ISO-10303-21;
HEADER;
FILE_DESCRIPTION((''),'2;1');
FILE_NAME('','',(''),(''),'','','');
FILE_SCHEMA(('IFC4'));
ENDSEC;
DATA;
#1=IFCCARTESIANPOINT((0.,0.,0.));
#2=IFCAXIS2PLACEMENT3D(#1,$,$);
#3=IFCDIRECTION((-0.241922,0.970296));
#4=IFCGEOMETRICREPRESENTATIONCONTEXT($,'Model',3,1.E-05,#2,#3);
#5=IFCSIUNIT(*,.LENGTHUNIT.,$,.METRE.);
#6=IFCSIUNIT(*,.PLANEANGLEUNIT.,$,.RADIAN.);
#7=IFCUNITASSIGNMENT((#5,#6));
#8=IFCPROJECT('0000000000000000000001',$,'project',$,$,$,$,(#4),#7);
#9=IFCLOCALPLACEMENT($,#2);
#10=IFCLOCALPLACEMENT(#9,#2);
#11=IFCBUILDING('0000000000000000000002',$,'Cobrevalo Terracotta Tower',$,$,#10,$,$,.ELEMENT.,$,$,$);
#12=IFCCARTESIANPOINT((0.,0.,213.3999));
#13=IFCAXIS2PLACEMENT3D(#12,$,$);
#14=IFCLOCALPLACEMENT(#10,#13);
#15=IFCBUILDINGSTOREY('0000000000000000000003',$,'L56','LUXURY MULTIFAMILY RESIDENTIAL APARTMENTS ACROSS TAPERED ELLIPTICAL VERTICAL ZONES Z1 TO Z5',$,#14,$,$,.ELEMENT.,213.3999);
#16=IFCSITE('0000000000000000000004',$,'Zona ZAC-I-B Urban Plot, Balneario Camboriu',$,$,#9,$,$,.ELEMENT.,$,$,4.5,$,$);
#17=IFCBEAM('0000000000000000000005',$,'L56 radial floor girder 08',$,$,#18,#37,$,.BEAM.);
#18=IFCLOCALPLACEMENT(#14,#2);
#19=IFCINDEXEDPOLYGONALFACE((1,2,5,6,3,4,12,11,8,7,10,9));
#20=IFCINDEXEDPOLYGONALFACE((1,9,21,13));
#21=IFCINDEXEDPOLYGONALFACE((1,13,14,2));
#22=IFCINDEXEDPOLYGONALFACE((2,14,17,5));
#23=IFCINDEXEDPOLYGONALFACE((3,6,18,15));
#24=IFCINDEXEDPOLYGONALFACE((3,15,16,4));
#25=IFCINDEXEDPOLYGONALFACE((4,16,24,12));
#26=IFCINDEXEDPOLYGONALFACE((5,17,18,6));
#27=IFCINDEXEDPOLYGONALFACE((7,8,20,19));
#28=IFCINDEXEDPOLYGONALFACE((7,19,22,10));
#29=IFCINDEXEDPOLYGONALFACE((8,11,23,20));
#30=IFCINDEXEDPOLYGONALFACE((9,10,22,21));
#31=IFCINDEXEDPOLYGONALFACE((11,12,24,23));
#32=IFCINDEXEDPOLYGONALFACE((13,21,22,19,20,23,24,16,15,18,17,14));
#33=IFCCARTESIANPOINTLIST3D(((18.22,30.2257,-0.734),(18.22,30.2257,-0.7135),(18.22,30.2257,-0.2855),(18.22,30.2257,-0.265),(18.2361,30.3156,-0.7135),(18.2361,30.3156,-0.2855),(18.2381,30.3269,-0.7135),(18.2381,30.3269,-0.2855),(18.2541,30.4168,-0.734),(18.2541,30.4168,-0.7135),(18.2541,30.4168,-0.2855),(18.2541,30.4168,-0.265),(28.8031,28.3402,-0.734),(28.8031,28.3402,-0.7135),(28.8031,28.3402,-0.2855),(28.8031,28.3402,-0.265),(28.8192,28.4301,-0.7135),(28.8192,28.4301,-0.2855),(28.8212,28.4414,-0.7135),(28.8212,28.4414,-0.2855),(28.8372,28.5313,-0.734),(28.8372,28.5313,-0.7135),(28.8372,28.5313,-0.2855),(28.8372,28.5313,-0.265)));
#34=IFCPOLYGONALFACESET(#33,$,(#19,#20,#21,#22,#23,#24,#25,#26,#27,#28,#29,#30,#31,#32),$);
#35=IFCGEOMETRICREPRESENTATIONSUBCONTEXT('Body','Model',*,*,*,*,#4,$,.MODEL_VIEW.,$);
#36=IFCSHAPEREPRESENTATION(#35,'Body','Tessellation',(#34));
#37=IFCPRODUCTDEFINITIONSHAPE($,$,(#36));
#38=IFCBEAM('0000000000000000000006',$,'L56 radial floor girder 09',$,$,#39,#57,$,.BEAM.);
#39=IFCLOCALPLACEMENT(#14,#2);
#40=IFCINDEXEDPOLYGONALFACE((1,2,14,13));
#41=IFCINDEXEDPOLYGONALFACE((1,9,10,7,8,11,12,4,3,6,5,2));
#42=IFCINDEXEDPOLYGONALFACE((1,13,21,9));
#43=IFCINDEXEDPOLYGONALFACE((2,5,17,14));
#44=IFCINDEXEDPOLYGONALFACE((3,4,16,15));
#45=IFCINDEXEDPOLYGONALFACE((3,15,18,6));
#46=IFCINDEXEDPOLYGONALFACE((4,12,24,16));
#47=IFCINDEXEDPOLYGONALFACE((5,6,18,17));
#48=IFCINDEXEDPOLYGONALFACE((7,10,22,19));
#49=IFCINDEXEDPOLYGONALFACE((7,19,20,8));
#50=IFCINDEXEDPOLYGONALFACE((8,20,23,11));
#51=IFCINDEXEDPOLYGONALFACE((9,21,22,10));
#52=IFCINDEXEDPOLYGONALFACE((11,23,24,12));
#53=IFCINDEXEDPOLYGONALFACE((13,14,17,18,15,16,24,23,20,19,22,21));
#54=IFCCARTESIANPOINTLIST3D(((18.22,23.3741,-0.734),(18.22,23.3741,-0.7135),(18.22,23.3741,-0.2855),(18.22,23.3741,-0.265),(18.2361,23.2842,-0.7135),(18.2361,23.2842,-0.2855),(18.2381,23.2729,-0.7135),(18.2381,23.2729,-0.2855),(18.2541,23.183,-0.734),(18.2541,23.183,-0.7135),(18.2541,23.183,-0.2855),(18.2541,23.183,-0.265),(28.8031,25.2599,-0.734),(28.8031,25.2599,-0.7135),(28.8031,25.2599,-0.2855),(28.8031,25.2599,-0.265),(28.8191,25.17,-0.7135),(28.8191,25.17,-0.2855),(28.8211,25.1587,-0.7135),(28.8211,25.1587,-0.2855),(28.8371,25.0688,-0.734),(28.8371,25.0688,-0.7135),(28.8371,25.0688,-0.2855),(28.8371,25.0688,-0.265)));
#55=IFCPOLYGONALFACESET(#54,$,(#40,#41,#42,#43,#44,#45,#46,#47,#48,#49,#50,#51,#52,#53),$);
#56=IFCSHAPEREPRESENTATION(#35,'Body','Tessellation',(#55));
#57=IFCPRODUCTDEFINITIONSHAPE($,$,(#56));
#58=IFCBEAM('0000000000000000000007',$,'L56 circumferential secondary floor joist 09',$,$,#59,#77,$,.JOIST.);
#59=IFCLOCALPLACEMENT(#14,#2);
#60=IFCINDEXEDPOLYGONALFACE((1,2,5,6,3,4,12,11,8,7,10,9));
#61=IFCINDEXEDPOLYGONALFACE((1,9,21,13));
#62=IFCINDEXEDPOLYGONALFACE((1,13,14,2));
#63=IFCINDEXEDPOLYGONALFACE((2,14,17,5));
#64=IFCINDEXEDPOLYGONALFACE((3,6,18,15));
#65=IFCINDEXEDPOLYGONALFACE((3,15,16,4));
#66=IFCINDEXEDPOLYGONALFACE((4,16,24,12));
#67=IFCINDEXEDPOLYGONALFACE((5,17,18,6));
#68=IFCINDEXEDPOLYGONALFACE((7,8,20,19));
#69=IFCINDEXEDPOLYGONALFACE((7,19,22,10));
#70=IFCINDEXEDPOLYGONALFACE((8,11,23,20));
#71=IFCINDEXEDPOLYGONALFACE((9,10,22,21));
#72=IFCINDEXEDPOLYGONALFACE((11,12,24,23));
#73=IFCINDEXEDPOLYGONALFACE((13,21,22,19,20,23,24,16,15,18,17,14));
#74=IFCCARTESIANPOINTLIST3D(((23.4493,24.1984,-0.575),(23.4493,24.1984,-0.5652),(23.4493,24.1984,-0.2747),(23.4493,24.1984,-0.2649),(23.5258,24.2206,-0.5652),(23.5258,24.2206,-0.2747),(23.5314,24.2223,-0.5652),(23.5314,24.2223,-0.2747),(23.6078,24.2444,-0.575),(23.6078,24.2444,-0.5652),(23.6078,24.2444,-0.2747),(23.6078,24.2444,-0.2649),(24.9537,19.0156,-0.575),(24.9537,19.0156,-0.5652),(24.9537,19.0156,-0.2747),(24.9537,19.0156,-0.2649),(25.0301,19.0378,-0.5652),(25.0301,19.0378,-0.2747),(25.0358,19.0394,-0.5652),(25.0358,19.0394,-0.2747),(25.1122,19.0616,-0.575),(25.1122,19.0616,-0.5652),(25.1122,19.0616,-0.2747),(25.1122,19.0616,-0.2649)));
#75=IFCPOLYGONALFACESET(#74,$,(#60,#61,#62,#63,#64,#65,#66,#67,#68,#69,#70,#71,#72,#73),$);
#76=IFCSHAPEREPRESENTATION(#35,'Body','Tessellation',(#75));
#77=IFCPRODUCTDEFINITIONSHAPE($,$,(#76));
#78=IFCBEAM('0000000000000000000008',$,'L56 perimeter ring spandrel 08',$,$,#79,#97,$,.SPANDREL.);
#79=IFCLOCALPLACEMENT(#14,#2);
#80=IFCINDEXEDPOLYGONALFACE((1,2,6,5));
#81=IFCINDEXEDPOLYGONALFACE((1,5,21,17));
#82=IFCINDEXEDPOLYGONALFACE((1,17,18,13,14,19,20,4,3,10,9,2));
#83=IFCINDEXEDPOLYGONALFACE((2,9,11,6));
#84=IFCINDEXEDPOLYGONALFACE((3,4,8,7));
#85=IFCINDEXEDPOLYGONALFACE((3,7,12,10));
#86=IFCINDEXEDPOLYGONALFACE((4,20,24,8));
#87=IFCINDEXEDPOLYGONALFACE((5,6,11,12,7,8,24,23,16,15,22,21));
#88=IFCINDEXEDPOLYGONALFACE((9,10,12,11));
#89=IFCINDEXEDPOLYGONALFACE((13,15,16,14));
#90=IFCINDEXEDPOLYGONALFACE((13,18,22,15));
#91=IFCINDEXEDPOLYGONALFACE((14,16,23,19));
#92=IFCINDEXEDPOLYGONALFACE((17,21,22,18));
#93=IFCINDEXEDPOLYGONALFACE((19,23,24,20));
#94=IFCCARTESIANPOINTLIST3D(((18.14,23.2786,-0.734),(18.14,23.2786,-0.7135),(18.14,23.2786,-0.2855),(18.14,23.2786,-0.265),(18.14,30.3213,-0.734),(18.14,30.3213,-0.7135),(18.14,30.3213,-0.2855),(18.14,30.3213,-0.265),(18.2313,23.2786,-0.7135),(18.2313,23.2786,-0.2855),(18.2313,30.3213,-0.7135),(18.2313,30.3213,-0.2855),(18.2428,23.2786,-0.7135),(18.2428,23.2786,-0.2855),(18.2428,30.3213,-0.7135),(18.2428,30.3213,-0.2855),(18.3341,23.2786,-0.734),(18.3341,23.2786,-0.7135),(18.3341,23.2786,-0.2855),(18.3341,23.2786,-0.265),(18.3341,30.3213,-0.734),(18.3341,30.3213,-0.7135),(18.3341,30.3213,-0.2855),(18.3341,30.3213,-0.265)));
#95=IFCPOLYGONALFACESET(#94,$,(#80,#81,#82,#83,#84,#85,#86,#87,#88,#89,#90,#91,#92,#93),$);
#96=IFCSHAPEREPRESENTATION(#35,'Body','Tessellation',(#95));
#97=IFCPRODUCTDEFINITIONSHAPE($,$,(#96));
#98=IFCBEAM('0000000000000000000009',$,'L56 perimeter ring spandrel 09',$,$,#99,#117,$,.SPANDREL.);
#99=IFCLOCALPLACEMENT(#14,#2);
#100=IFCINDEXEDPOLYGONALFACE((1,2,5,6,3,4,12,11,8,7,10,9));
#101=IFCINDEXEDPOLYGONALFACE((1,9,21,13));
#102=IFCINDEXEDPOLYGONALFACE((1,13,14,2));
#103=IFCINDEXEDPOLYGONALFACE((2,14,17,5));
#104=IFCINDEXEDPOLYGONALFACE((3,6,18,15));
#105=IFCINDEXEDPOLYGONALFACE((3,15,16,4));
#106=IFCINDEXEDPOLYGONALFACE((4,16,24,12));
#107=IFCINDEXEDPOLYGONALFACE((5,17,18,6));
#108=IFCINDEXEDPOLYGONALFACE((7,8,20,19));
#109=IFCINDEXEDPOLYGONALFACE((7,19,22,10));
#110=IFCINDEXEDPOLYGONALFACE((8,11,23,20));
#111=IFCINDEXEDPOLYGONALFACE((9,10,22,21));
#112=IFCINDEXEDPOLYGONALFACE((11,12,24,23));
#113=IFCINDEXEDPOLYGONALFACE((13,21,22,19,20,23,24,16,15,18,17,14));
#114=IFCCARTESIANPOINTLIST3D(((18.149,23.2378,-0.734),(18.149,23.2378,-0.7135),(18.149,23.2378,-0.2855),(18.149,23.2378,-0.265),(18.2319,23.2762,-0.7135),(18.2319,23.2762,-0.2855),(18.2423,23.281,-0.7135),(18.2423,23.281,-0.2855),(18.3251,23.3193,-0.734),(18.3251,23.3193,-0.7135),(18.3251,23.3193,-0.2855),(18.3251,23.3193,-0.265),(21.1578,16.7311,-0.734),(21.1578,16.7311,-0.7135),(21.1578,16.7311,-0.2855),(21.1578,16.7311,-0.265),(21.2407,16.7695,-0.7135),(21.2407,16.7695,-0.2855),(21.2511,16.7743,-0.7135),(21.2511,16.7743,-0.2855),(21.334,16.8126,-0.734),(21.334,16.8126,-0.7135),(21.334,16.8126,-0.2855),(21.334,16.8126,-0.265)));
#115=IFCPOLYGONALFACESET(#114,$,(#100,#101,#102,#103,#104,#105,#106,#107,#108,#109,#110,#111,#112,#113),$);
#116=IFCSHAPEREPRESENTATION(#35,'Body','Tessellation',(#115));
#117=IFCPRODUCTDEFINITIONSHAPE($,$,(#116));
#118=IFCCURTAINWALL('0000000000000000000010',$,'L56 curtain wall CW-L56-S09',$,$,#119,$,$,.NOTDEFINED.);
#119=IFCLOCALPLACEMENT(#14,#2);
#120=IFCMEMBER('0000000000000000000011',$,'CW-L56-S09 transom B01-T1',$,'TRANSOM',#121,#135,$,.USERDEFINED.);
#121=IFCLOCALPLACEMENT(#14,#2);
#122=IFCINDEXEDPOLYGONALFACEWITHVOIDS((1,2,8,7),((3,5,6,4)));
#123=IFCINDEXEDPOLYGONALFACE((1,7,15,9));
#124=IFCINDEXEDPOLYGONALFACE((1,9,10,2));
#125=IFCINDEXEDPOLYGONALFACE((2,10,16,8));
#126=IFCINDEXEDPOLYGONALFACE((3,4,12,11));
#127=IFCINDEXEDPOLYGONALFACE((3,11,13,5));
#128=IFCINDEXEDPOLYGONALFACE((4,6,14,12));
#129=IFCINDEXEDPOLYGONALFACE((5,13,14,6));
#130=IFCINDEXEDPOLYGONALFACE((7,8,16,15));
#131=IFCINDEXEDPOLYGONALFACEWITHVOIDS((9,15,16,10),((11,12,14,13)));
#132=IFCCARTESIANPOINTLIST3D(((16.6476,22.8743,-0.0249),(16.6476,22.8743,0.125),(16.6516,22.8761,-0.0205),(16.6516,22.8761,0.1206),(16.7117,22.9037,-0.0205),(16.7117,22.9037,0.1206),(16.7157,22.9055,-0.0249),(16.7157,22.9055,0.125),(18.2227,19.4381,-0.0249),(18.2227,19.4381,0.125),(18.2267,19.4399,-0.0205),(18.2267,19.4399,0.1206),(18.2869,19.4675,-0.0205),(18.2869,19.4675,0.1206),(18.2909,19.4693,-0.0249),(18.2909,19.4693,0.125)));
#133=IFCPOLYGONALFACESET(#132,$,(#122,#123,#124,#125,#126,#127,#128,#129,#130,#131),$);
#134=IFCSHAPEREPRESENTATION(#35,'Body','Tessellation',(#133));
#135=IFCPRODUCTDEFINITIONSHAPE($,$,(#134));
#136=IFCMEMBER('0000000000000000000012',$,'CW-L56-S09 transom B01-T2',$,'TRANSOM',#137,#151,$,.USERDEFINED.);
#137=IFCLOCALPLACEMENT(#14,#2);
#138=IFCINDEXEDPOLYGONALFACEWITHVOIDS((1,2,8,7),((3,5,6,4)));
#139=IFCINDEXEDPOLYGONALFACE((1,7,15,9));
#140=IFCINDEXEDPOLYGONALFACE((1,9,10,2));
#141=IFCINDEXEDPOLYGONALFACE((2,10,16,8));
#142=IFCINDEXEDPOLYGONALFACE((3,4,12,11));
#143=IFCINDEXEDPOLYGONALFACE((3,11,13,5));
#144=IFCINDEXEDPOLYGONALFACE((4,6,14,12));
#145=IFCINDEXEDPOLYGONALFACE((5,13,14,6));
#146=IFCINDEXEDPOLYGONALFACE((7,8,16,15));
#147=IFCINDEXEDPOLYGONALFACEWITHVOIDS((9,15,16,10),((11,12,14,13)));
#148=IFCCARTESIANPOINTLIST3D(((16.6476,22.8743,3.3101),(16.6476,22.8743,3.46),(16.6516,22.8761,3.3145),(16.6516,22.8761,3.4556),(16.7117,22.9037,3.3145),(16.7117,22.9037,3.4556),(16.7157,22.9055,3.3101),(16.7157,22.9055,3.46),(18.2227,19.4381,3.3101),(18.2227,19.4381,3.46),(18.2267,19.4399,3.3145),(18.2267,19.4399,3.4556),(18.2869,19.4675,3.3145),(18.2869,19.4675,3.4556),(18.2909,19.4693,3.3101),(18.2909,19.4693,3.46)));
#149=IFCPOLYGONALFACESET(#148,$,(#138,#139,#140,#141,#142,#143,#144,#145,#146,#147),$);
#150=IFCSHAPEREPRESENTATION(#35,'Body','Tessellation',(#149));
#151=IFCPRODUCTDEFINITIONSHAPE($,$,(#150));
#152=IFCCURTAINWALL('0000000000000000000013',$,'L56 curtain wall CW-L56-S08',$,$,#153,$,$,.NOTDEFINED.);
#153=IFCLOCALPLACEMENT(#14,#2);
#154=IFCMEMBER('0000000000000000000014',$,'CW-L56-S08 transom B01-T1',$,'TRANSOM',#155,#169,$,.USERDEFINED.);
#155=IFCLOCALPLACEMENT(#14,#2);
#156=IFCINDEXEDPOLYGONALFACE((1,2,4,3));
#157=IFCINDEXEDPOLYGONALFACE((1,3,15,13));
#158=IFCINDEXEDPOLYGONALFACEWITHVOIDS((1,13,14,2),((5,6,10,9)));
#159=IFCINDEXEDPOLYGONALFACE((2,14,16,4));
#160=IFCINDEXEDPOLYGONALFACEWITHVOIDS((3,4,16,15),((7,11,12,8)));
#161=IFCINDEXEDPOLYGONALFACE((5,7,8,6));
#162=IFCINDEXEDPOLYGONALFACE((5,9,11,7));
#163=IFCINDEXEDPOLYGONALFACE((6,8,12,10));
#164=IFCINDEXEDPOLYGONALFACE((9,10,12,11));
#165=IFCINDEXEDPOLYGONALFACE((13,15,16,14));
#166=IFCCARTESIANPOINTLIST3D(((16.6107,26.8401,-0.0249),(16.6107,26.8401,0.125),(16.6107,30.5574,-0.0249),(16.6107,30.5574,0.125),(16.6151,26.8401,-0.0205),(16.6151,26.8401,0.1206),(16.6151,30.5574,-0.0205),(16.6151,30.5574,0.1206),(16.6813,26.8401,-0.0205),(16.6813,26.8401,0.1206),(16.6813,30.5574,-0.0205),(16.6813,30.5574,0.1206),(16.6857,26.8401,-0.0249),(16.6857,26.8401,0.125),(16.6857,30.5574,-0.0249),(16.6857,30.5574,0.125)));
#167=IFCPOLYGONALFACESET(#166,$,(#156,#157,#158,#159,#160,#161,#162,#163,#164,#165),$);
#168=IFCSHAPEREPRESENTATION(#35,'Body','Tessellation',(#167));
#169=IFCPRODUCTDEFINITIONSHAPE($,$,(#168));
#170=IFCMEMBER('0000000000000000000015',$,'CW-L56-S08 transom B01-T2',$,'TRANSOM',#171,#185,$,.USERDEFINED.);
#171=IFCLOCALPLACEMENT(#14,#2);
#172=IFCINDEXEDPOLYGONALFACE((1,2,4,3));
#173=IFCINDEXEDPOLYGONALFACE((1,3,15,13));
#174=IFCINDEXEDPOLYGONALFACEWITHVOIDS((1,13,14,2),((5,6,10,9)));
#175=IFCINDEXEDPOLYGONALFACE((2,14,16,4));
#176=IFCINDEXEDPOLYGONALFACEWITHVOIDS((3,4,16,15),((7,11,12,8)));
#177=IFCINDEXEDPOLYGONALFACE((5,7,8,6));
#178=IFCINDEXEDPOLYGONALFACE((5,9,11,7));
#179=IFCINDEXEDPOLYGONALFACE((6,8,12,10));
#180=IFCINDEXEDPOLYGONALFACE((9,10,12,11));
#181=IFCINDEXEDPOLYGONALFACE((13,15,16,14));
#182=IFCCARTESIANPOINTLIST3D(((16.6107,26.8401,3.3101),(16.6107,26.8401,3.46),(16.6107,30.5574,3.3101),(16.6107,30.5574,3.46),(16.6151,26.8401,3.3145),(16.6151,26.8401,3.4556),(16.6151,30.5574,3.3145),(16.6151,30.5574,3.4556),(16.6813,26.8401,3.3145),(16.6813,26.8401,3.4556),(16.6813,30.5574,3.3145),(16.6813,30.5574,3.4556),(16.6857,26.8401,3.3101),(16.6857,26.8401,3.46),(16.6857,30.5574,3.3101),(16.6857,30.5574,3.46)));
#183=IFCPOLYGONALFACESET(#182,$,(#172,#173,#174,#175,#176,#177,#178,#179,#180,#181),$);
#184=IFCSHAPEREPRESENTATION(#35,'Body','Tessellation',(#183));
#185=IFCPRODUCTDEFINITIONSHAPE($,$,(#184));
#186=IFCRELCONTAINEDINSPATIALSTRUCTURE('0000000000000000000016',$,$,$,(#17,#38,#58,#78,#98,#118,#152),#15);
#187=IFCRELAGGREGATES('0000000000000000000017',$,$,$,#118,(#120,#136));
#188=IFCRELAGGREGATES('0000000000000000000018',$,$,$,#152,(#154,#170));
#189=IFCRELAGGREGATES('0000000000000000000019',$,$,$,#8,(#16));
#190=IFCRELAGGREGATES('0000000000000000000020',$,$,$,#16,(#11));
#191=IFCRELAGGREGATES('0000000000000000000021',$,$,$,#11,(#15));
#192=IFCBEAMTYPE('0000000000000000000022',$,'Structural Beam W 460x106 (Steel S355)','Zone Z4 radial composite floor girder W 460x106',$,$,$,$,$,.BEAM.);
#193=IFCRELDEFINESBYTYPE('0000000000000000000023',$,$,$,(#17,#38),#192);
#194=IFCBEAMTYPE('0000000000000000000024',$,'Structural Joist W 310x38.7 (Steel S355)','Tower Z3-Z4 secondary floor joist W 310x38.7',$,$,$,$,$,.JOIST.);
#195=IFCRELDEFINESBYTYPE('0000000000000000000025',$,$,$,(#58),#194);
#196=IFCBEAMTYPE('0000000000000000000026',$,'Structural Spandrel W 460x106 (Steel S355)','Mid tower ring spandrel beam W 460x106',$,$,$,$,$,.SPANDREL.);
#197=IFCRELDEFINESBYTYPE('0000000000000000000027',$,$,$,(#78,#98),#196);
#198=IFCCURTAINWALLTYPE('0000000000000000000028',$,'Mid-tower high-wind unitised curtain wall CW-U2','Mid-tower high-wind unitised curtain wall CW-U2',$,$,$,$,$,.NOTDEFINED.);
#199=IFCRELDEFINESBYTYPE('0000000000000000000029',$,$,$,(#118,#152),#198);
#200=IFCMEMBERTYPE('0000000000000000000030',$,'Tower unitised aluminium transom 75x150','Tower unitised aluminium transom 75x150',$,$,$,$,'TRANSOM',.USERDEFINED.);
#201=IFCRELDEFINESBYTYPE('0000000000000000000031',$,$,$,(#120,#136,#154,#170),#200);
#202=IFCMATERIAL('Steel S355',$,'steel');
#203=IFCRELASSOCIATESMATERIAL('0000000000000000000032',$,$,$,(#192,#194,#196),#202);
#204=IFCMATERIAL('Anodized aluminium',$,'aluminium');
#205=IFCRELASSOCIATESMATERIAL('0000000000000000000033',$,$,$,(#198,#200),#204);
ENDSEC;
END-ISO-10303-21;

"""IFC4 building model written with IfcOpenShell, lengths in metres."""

from ifc_helpers import new_model, si_unit, direction, frame, origin, origin_2d, place, context, subcontext, project, spatial, hollow_rectangle, i_section, extrude, source, transform, mapped, material, material_profile, profile_set, type_object, element, aggregate, save


model = new_model("IFC4")

# Units and contexts
model_context = context("Model", 3, precision=1e-05, world=origin(), true_north=direction((-0.241922, 0.970296)))
body_context = subcontext(model_context, "Body", "Model", "MODEL_VIEW")
ifc_project = project(units=[si_unit("LENGTHUNIT", "METRE"), si_unit("PLANEANGLEUNIT", "RADIAN")], contexts=[model_context])

# Site, building, storey
site_placement = place(None, origin())
site = spatial("IfcSite", under=ifc_project, at=site_placement, Name="Zona ZAC-I-B Urban Plot, Balneario Camboriu", CompositionType="ELEMENT", RefElevation=4.5)
building_placement = place(site_placement, origin())
building = spatial("IfcBuilding", under=site, at=building_placement, Name="Cobrevalo Terracotta Tower", CompositionType="ELEMENT")
storey_placement = place(building_placement, frame((0.0, 0.0, 213.3999)))
storey = spatial("IfcBuildingStorey", under=building, at=storey_placement, Name="L56", Description="LUXURY MULTIFAMILY RESIDENTIAL APARTMENTS ACROSS TAPERED ELLIPTICAL VERTICAL ZONES Z1 TO Z5", CompositionType="ELEMENT", Elevation=213.3999)

# Shared definitions
ifc_material_1 = material(Name="Steel S355", Category="steel")

# Beams
ifc_material_profile_1 = material_profile(ifc_material_1, i_section(OverallWidth=0.1941, OverallDepth=0.469, WebThickness=0.0115, FlangeThickness=0.0205, at=origin_2d()), Name="W 460x106")
ifc_profile_set_1 = profile_set([ifc_material_profile_1], Name="Steel S355")
beam_type_1 = type_object("IfcBeamType", Name="Structural Beam W 460x106 (Steel S355)", Description="Zone Z4 radial composite floor girder W 460x106", PredefinedType="BEAM", material=ifc_profile_set_1)
for number, where, z_axis, x_axis, name in (
    (1, (18.2371, 30.3213, -0.4995), (0.984497, -0.175401, 0.0), (0.175401, 0.984497, 0.0), "L56 radial floor girder 08"),
    (2, (18.2371, 23.2786, -0.4995), (0.984493, 0.175423, 0.0), (-0.175423, 0.984493, 0.0), "L56 radial floor girder 09"),
):
    element("IfcBeam", number, at=place(storey_placement, frame(where, z_axis=z_axis, x_axis=x_axis)), inside=storey, type_object=beam_type_1, Name=name, PredefinedType="BEAM", context=body_context, shape_type="SweptSolid", body=[
        extrude(i_section(OverallWidth=0.1941, OverallDepth=0.469, WebThickness=0.0115, FlangeThickness=0.0205, at=origin_2d()), origin(), (0.0, 0.0, 1.0), 10.7498),
    ])
ifc_material_profile_2 = material_profile(ifc_material_1, i_section(OverallWidth=0.165, OverallDepth=0.3101, WebThickness=0.0059, FlangeThickness=0.0098, at=origin_2d()), Name="W 310x38.7")
ifc_profile_set_2 = profile_set([ifc_material_profile_2], Name="Steel S355")
beam_type_2 = type_object("IfcBeamType", Name="Structural Joist W 310x38.7 (Steel S355)", Description="Tower Z3-Z4 secondary floor joist W 310x38.7", PredefinedType="JOIST", material=ifc_profile_set_2)
beam_1_placement = place(storey_placement, frame((23.5286, 24.2214, -0.4199), z_axis=(0.278758, -0.960361, 0.0), x_axis=(0.960361, 0.278758, 0.0)))
element("IfcBeam", 3, at=beam_1_placement, inside=storey, type_object=beam_type_2, Name="L56 circumferential secondary floor joist 09", PredefinedType="JOIST", context=body_context, shape_type="SweptSolid", body=[
    extrude(i_section(OverallWidth=0.165, OverallDepth=0.3101, WebThickness=0.0059, FlangeThickness=0.0098, at=origin_2d()), origin(), (0.0, 0.0, 1.0), 5.3967),
])
ifc_material_profile_3 = material_profile(ifc_material_1, i_section(OverallWidth=0.1941, OverallDepth=0.469, WebThickness=0.0115, FlangeThickness=0.0205, at=origin_2d()), Name="W 460x106")
ifc_profile_set_3 = profile_set([ifc_material_profile_3], Name="Steel S355")
beam_type_3 = type_object("IfcBeamType", Name="Structural Spandrel W 460x106 (Steel S355)", Description="Mid tower ring spandrel beam W 460x106", PredefinedType="SPANDREL", material=ifc_profile_set_3)
beam_2_placement = place(storey_placement, frame((18.2371, 30.3213, -0.4995), z_axis=(0.0, -1.0, 0.0), x_axis=(1.0, 0.0, 0.0)))
element("IfcBeam", 4, at=beam_2_placement, inside=storey, type_object=beam_type_3, Name="L56 perimeter ring spandrel 08", PredefinedType="SPANDREL", context=body_context, shape_type="SweptSolid", body=[
    extrude(i_section(OverallWidth=0.1941, OverallDepth=0.469, WebThickness=0.0115, FlangeThickness=0.0205, at=origin_2d()), origin(), (0.0, 0.0, 1.0), 7.0427),
])
beam_3_placement = place(storey_placement, frame((18.2371, 23.2786, -0.4995), z_axis=(0.419719, -0.907654, 0.0), x_axis=(0.907654, 0.419719, 0.0)))
element("IfcBeam", 5, at=beam_3_placement, inside=storey, type_object=beam_type_3, Name="L56 perimeter ring spandrel 09", PredefinedType="SPANDREL", context=body_context, shape_type="SweptSolid", body=[
    extrude(i_section(OverallWidth=0.1941, OverallDepth=0.469, WebThickness=0.0115, FlangeThickness=0.0205, at=origin_2d()), origin(), (0.0, 0.0, 1.0), 7.1687),
])

# Curtain walls, members
ifc_material_2 = material(Name="Anodized aluminium", Category="aluminium")
curtain_wall_type = type_object("IfcCurtainWallType", Name="Mid-tower high-wind unitised curtain wall CW-U2", Description="Mid-tower high-wind unitised curtain wall CW-U2", PredefinedType="NOTDEFINED", material=ifc_material_2)
curtain_wall_1_placement = place(storey_placement, origin())
curtain_wall_1 = element("IfcCurtainWall", 6, at=curtain_wall_1_placement, inside=storey, type_object=curtain_wall_type, Name="L56 curtain wall CW-L56-S09", PredefinedType="NOTDEFINED")
ifc_material_profile_4 = material_profile(ifc_material_2, hollow_rectangle(XDim=0.075, YDim=0.1499, WallThickness=0.0044, at=origin_2d()), Name="CWT 75x150")
ifc_profile_set_4 = profile_set([ifc_material_profile_4], Name="Anodized aluminium")
member_type_1 = type_object("IfcMemberType", Name="Tower unitised aluminium transom 75x150", Description="Tower unitised aluminium transom 75x150", ElementType="TRANSOM", PredefinedType="USERDEFINED", material=ifc_profile_set_4)
shared_shape_1 = source(origin(), body_context, "Body", "SweptSolid", [
    extrude(hollow_rectangle(XDim=0.075, YDim=0.1499, WallThickness=0.0044, at=origin_2d()), origin(), (0.0, 0.0, 1.0), 3.78),
])
member_1_placement = place(storey_placement, frame((16.6816, 22.8899, 0.05), z_axis=(0.416706, -0.909041, 0.0), x_axis=(0.909041, 0.416706, 0.0)))
member_1 = element("IfcMember", 7, at=member_1_placement, type_object=member_type_1, Name="CW-L56-S09 transom B01-T1", ObjectType="TRANSOM", PredefinedType="USERDEFINED", context=body_context, shape_type="MappedRepresentation", body=[
    mapped(shared_shape_1, transform((0.0, 0.0, 0.0), scale=1.0)),
])
member_2_placement = place(storey_placement, frame((16.6816, 22.8899, 3.385), z_axis=(0.416706, -0.909041, 0.0), x_axis=(0.909041, 0.416706, 0.0)))
member_2 = element("IfcMember", 8, at=member_2_placement, type_object=member_type_1, Name="CW-L56-S09 transom B01-T2", ObjectType="TRANSOM", PredefinedType="USERDEFINED", context=body_context, shape_type="MappedRepresentation", body=[
    mapped(shared_shape_1, transform((0.0, 0.0, 0.0), scale=1.0)),
])
curtain_wall_2_placement = place(storey_placement, origin())
curtain_wall_2 = element("IfcCurtainWall", 9, at=curtain_wall_2_placement, inside=storey, type_object=curtain_wall_type, Name="L56 curtain wall CW-L56-S08", PredefinedType="NOTDEFINED")
shared_shape_2 = source(origin(), body_context, "Body", "SweptSolid", [
    extrude(hollow_rectangle(XDim=0.075, YDim=0.1499, WallThickness=0.0044, at=origin_2d()), origin(), (0.0, 0.0, 1.0), 3.7173),
])
member_3_placement = place(storey_placement, frame((16.6482, 30.5574, 0.05), z_axis=(0.0, -1.0, 0.0), x_axis=(1.0, 0.0, 0.0)))
member_3 = element("IfcMember", 10, at=member_3_placement, type_object=member_type_1, Name="CW-L56-S08 transom B01-T1", ObjectType="TRANSOM", PredefinedType="USERDEFINED", context=body_context, shape_type="MappedRepresentation", body=[
    mapped(shared_shape_2, transform((0.0, 0.0, 0.0), scale=1.0)),
])
member_4_placement = place(storey_placement, frame((16.6482, 30.5574, 3.385), z_axis=(0.0, -1.0, 0.0), x_axis=(1.0, 0.0, 0.0)))
member_4 = element("IfcMember", 11, at=member_4_placement, type_object=member_type_1, Name="CW-L56-S08 transom B01-T2", ObjectType="TRANSOM", PredefinedType="USERDEFINED", context=body_context, shape_type="MappedRepresentation", body=[
    mapped(shared_shape_2, transform((0.0, 0.0, 0.0), scale=1.0)),
])

aggregate(curtain_wall_1, [member_1, member_2])

aggregate(curtain_wall_2, [member_3, member_4])

save(model, "model.ifc")
